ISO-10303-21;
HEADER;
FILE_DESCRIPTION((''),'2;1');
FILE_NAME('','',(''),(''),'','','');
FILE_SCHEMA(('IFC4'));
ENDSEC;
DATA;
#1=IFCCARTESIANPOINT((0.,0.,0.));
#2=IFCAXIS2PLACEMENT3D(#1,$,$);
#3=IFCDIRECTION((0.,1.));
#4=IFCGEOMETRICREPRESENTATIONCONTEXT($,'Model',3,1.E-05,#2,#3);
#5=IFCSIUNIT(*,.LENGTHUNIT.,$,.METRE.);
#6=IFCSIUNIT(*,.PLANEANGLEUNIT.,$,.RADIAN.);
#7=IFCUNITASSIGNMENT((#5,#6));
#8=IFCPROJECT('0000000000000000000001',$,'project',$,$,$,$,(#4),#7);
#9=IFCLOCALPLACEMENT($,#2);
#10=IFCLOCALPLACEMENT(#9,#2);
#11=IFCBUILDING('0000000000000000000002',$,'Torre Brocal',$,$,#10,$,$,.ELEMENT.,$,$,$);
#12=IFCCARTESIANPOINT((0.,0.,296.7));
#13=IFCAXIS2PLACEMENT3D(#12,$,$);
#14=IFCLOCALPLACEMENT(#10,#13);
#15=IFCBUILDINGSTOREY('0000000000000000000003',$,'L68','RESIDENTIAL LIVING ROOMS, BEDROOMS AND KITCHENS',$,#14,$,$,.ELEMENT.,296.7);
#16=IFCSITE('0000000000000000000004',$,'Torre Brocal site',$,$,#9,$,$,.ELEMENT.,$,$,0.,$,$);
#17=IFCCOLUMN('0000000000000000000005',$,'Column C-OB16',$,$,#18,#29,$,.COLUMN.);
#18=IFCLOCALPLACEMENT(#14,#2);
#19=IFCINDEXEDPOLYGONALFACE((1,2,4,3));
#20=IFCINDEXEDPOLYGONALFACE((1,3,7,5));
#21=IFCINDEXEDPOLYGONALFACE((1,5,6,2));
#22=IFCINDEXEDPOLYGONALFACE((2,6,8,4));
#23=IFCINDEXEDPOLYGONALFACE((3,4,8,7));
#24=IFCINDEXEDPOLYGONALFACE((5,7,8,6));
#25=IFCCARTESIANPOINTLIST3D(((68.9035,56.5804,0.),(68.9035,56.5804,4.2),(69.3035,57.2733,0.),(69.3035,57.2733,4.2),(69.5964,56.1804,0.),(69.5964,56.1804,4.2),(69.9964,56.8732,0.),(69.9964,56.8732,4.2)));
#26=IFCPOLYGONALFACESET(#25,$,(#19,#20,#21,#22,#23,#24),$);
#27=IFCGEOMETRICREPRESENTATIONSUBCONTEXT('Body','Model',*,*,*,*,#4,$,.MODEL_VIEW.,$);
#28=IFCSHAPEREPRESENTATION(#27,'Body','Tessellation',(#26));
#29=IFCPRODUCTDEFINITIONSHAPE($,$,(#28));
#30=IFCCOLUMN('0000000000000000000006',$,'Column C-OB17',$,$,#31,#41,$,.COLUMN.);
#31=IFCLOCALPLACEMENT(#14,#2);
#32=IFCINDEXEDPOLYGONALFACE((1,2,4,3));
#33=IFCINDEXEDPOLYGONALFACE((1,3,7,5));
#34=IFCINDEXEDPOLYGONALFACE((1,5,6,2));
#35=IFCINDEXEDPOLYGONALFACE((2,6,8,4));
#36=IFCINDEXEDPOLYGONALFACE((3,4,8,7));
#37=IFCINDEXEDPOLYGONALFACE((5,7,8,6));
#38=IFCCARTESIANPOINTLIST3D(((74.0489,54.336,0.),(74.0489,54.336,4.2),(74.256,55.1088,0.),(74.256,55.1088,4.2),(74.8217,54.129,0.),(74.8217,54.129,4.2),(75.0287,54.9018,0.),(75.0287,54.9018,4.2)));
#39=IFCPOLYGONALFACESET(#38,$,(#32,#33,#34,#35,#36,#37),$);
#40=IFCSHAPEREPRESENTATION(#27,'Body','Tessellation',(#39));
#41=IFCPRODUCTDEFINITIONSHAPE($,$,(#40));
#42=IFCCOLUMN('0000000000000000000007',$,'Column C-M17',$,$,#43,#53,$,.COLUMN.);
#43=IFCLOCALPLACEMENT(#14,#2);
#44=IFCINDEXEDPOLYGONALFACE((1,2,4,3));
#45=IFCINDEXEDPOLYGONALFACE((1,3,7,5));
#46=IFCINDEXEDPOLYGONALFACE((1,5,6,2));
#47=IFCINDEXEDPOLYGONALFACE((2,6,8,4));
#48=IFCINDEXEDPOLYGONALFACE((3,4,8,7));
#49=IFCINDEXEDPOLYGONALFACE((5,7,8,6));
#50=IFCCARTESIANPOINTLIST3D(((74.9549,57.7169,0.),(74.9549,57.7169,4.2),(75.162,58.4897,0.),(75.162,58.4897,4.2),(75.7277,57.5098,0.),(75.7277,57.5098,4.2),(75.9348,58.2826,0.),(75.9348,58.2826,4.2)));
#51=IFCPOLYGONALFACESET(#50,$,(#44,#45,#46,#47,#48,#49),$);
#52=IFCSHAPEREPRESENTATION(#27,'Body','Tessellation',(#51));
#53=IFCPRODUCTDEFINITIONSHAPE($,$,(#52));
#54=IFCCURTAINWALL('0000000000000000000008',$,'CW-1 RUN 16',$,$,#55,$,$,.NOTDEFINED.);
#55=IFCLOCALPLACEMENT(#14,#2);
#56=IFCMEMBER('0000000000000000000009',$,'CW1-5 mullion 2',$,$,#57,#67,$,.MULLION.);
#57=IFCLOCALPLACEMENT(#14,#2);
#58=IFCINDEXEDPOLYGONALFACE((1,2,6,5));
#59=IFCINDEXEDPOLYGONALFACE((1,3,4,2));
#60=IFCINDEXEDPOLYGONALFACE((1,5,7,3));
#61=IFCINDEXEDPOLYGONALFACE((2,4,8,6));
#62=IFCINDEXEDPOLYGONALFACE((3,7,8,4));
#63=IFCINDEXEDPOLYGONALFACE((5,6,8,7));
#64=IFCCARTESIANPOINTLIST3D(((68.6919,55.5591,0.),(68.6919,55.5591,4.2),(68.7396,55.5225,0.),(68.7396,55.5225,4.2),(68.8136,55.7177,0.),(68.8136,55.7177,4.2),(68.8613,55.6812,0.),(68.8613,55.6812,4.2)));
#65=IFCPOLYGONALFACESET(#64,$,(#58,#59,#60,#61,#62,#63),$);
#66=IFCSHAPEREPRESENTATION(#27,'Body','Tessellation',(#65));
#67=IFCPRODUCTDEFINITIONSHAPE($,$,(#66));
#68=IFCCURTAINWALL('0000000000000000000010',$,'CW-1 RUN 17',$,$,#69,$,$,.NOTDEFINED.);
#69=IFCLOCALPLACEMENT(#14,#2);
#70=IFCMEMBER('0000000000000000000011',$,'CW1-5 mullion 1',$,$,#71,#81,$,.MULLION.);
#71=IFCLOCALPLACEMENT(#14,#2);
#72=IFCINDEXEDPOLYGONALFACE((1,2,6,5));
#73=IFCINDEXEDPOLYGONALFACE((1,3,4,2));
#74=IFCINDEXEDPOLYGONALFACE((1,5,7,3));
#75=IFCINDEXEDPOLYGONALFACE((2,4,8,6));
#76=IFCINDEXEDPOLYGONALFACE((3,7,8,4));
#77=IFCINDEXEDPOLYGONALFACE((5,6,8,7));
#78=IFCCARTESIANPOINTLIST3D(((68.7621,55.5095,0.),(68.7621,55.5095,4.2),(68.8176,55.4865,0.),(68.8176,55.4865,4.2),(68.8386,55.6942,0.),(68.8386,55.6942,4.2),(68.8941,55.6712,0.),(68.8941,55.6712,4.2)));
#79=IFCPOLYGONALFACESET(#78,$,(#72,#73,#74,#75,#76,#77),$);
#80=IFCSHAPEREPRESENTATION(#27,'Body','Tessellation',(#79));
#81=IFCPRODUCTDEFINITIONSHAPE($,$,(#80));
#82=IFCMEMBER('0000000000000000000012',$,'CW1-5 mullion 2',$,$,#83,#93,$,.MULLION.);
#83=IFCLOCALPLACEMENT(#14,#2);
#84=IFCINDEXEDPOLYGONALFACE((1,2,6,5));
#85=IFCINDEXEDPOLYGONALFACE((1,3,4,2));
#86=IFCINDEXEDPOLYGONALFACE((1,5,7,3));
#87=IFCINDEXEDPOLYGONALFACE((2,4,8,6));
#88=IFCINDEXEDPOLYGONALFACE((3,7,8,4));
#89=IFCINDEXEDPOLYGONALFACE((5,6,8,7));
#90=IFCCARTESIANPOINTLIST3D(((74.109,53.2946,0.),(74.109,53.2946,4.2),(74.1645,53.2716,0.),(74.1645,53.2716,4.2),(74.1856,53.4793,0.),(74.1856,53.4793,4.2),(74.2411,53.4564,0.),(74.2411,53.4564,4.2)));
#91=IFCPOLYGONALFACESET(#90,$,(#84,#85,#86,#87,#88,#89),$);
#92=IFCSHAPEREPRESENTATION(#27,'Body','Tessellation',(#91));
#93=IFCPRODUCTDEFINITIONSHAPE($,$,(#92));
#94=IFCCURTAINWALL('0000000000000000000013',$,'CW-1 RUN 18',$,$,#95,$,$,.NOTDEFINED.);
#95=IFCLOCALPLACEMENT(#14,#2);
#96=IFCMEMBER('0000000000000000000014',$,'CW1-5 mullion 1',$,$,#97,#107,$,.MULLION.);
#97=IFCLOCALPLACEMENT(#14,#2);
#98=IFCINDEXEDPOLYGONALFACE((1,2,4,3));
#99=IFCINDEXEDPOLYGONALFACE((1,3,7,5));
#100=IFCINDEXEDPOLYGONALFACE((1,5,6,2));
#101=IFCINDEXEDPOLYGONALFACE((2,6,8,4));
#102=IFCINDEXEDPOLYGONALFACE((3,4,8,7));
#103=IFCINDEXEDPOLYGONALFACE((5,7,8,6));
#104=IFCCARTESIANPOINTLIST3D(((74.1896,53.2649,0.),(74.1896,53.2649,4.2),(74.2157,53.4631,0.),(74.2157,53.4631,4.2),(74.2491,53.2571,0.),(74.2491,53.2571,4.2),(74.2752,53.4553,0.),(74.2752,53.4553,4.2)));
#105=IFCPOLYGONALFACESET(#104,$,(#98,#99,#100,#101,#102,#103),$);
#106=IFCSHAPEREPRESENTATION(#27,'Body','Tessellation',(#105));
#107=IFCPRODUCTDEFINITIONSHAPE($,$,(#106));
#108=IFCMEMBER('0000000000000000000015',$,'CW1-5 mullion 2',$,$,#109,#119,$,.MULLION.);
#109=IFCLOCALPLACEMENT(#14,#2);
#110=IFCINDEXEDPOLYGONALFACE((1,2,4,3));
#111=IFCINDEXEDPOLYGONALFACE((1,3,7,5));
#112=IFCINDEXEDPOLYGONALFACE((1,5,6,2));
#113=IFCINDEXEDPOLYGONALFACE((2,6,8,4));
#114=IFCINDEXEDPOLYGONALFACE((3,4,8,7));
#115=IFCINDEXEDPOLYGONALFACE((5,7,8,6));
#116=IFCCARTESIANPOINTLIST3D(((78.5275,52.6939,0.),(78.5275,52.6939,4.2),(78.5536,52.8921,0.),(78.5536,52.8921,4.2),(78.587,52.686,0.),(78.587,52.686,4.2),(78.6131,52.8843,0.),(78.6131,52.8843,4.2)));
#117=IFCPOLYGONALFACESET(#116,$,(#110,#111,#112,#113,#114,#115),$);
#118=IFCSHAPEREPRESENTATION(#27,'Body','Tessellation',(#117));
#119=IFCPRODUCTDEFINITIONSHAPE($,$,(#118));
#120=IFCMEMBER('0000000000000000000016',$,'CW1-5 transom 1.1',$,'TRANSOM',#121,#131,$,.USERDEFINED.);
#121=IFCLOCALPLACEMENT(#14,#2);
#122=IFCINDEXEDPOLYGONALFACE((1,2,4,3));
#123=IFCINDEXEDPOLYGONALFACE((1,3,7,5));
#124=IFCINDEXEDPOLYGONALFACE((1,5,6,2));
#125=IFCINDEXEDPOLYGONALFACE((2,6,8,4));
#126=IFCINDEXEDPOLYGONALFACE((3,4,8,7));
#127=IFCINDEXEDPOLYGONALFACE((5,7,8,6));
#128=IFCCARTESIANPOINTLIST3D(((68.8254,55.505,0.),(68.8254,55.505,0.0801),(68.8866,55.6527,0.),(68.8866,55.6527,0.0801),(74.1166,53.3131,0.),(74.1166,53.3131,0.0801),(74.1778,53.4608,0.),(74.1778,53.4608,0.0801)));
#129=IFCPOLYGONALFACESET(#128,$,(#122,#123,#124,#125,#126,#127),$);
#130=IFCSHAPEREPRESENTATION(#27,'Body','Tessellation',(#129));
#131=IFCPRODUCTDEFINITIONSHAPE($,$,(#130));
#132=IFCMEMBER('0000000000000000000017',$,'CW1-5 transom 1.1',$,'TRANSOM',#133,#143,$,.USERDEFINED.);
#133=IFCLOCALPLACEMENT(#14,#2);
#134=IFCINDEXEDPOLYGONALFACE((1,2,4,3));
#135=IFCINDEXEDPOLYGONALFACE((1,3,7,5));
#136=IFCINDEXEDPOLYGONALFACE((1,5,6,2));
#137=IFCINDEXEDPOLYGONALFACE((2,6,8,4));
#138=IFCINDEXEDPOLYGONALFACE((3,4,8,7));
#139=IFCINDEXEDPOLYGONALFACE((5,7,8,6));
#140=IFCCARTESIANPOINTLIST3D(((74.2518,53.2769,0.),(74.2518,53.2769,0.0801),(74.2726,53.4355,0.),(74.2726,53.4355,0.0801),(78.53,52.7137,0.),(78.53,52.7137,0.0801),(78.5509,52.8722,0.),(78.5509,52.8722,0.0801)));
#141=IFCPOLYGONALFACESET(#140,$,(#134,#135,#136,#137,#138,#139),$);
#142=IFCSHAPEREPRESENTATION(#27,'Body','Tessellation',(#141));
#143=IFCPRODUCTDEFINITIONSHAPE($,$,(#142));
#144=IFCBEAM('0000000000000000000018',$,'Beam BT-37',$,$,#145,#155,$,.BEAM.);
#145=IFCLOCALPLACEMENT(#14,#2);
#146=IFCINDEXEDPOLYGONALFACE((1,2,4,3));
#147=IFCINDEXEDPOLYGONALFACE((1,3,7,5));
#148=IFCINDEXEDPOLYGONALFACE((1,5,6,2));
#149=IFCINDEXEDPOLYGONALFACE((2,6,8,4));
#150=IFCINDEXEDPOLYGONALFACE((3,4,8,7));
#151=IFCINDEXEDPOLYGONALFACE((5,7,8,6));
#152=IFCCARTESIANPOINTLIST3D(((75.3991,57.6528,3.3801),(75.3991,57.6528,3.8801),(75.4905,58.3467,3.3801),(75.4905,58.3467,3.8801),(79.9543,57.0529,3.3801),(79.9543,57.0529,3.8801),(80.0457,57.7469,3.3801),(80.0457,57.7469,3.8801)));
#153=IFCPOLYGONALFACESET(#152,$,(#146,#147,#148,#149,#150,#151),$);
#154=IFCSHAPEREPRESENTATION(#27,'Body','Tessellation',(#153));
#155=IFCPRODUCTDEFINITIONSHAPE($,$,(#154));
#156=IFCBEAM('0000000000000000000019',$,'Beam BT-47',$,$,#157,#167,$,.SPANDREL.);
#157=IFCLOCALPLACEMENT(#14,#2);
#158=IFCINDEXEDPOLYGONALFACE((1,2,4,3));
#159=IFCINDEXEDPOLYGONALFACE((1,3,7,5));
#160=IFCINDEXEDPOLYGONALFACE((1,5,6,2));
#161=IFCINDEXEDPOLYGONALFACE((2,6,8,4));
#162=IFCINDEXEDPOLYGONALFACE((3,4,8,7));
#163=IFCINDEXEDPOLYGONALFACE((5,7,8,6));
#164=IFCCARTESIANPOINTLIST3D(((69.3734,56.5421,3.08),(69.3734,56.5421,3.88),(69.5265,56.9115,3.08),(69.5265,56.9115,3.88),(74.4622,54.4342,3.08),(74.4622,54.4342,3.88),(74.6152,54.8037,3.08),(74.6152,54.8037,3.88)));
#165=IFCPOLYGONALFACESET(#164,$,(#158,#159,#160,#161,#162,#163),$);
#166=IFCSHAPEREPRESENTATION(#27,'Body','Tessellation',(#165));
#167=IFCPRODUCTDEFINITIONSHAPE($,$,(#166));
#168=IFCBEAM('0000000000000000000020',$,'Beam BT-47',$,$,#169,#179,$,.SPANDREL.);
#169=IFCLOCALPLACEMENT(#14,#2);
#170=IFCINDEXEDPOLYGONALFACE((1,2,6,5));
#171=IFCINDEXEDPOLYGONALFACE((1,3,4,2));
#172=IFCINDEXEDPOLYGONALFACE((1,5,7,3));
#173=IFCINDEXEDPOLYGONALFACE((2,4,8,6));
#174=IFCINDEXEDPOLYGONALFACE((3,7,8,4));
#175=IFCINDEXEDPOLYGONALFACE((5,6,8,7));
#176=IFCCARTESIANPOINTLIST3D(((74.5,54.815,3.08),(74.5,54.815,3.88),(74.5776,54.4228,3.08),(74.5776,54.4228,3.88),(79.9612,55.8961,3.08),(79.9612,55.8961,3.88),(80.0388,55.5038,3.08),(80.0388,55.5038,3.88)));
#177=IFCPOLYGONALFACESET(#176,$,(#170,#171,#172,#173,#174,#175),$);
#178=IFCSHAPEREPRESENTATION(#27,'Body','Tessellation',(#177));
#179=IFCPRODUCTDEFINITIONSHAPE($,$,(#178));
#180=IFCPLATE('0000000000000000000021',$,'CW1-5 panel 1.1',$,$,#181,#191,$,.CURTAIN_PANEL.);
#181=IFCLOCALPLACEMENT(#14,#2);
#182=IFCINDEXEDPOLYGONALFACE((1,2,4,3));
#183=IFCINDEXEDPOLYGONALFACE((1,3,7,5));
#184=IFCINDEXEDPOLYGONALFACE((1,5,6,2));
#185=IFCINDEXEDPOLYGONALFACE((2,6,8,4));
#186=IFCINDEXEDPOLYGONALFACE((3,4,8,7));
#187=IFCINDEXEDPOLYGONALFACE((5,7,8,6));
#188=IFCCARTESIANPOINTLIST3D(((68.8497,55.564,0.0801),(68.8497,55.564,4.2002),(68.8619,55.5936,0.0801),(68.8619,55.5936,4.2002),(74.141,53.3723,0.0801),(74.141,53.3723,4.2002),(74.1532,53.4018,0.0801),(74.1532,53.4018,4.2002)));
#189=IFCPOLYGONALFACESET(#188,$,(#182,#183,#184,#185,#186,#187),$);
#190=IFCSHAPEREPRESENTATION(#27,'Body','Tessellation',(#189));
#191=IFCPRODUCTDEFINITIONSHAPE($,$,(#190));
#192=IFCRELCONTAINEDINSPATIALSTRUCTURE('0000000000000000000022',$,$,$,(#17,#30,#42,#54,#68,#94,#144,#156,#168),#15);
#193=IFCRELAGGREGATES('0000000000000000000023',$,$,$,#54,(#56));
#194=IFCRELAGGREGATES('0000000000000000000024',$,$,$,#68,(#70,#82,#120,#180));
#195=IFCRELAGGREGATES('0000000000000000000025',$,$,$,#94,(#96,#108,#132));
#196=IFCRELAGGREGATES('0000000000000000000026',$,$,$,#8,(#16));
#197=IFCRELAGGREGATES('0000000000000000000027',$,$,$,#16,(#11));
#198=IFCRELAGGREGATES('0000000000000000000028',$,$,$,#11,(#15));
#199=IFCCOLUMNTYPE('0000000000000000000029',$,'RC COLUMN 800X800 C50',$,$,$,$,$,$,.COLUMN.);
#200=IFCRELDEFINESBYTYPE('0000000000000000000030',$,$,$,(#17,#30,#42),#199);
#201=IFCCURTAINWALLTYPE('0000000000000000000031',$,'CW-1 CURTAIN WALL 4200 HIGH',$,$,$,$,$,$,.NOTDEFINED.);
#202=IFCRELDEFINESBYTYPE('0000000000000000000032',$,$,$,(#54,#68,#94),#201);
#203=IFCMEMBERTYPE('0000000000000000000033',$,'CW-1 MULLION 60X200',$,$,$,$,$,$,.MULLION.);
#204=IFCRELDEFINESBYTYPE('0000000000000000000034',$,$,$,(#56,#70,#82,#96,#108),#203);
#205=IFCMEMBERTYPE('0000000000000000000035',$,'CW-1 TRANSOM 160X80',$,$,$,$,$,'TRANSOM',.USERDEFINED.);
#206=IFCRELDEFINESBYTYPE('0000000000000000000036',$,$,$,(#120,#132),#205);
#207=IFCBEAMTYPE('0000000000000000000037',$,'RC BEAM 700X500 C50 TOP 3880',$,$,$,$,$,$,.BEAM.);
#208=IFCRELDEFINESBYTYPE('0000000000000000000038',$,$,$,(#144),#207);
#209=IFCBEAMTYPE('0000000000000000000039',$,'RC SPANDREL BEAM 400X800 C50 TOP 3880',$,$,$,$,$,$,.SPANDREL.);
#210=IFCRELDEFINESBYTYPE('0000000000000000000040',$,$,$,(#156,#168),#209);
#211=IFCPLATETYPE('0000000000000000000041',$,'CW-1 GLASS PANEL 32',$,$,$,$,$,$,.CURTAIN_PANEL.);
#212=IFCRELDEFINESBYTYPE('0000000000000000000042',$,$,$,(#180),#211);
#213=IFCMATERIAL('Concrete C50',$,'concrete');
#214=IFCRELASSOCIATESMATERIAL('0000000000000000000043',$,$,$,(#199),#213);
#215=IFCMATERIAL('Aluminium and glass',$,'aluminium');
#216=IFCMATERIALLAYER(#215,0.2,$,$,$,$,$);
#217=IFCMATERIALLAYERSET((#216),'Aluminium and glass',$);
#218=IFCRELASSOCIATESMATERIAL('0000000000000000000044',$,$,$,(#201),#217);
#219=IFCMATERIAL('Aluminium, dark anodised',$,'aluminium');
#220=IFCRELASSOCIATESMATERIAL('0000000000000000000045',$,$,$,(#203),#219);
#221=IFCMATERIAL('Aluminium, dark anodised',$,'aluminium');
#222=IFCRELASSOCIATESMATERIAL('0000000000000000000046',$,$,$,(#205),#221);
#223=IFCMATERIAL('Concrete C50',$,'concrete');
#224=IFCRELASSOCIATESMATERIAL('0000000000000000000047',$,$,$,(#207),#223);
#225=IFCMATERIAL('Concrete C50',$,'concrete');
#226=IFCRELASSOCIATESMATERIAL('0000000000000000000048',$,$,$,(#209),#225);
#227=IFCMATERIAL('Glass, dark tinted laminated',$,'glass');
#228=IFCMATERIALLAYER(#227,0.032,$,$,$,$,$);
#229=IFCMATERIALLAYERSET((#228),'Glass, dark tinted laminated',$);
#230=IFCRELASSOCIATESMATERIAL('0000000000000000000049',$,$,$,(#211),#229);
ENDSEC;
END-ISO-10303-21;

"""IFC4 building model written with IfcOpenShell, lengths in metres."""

from ifc_helpers import new_model, si_unit, direction, frame, origin, origin_2d, place, context, subcontext, project, spatial, rectangle, extrude, material, layer, layer_set, material_profile, profile_set, type_object, element, aggregate, save


model = new_model("IFC4")

# Units and contexts
model_context = context("Model", 3, precision=1e-05, world=origin(), true_north=direction((0.0, 1.0)))
body_context = subcontext(model_context, "Body", "Model", "MODEL_VIEW")
ifc_project = project(units=[si_unit("LENGTHUNIT", "METRE"), si_unit("PLANEANGLEUNIT", "RADIAN")], contexts=[model_context])

# Site, building, storey
site_placement = place(None, origin())
site = spatial("IfcSite", under=ifc_project, at=site_placement, Name="Torre Brocal site", CompositionType="ELEMENT", RefElevation=0.0)
building_placement = place(site_placement, origin())
building = spatial("IfcBuilding", under=site, at=building_placement, Name="Torre Brocal", CompositionType="ELEMENT")
storey_placement = place(building_placement, frame((0.0, 0.0, 296.7)))
storey = spatial("IfcBuildingStorey", under=building, at=storey_placement, Name="L68", Description="RESIDENTIAL LIVING ROOMS, BEDROOMS AND KITCHENS", CompositionType="ELEMENT", Elevation=296.7)

# Columns
ifc_material_1 = material(Name="Concrete C50", Category="concrete")
ifc_material_profile_1 = material_profile(ifc_material_1, rectangle(XDim=0.8, YDim=0.8, at=origin_2d()), Name="RC 800X800")
ifc_profile_set_1 = profile_set([ifc_material_profile_1], Name="Concrete C50")
column_type = type_object("IfcColumnType", Name="RC COLUMN 800X800 C50", PredefinedType="COLUMN", material=ifc_profile_set_1)
for number, where, z_axis, x_axis, name in (
    (1, (69.45, 56.7268, 0.0), (0.0, 0.0, 1.0), (-0.5, -0.866025, 0.0), "Column C-OB16"),
    (2, (74.5388, 54.6189, 0.0), (0.0, 0.0, 1.0), (-0.258819, -0.965926, 0.0), "Column C-OB17"),
    (3, (75.4448, 57.9998, 0.0), (0.0, 0.0, 1.0), (-0.258819, -0.965926, 0.0), "Column C-M17"),
):
    element("IfcColumn", number, at=place(storey_placement, frame(where, z_axis=z_axis, x_axis=x_axis)), inside=storey, type_object=column_type, Name=name, PredefinedType="COLUMN", context=body_context, shape_type="SweptSolid", body=[
        extrude(rectangle(XDim=0.8, YDim=0.8, at=origin_2d()), origin(), (0.0, 0.0, 1.0), 4.2),
    ])

# Curtain wall, member
ifc_material_2 = material(Name="Aluminium and glass", Category="aluminium")
ifc_layer_1 = layer(ifc_material_2, 0.2)
ifc_layer_set_1 = layer_set([ifc_layer_1], Name="Aluminium and glass")
curtain_wall_type = type_object("IfcCurtainWallType", Name="CW-1 CURTAIN WALL 4200 HIGH", PredefinedType="NOTDEFINED", material=ifc_layer_set_1)
curtain_wall_1_placement = place(storey_placement, origin())
curtain_wall_1 = element("IfcCurtainWall", 4, at=curtain_wall_1_placement, inside=storey, type_object=curtain_wall_type, Name="CW-1 RUN 16", PredefinedType="NOTDEFINED")
ifc_material_3 = material(Name="Aluminium, dark anodised", Category="aluminium")
ifc_material_profile_2 = material_profile(ifc_material_3, rectangle(XDim=0.2, YDim=0.0601, at=origin_2d()), Name="CW-1 MULLION 60X200")
ifc_profile_set_2 = profile_set([ifc_material_profile_2], Name="Aluminium, dark anodised")
member_type_1 = type_object("IfcMemberType", Name="CW-1 MULLION 60X200", PredefinedType="MULLION", material=ifc_profile_set_2)
member_1_placement = place(storey_placement, frame((68.7766, 55.6201, 0.0), z_axis=(0.0, 0.0, 1.0), x_axis=(0.608761, 0.793353, 0.0)))
member_1 = element("IfcMember", 5, at=member_1_placement, type_object=member_type_1, Name="CW1-5 mullion 2", PredefinedType="MULLION", context=body_context, shape_type="SweptSolid", body=[
    extrude(rectangle(XDim=0.2, YDim=0.0601, at=origin_2d()), origin(), (0.0, 0.0, 1.0), 4.2),
])
aggregate(curtain_wall_1, [member_1])

# Curtain walls, members
curtain_wall_2_placement = place(storey_placement, origin())
curtain_wall_2 = element("IfcCurtainWall", 6, at=curtain_wall_2_placement, inside=storey, type_object=curtain_wall_type, Name="CW-1 RUN 17", PredefinedType="NOTDEFINED")
member_2_placement = place(storey_placement, frame((68.8281, 55.5903, 0.0), z_axis=(0.0, 0.0, 1.0), x_axis=(0.382683, 0.92388, 0.0)))
member_2 = element("IfcMember", 7, at=member_2_placement, type_object=member_type_1, Name="CW1-5 mullion 1", PredefinedType="MULLION", context=body_context, shape_type="SweptSolid", body=[
    extrude(rectangle(XDim=0.2, YDim=0.0601, at=origin_2d()), origin(), (0.0, 0.0, 1.0), 4.2),
])
member_3_placement = place(storey_placement, frame((74.175, 53.3755, 0.0), z_axis=(0.0, 0.0, 1.0), x_axis=(0.382683, 0.92388, 0.0)))
member_3 = element("IfcMember", 8, at=member_3_placement, type_object=member_type_1, Name="CW1-5 mullion 2", PredefinedType="MULLION", context=body_context, shape_type="SweptSolid", body=[
    extrude(rectangle(XDim=0.2, YDim=0.0601, at=origin_2d()), origin(), (0.0, 0.0, 1.0), 4.2),
])
curtain_wall_3_placement = place(storey_placement, origin())
curtain_wall_3 = element("IfcCurtainWall", 9, at=curtain_wall_3_placement, inside=storey, type_object=curtain_wall_type, Name="CW-1 RUN 18", PredefinedType="NOTDEFINED")
member_4_placement = place(storey_placement, frame((74.2324, 53.3601, 0.0), z_axis=(0.0, 0.0, 1.0), x_axis=(0.130526, 0.991445, 0.0)))
member_4 = element("IfcMember", 10, at=member_4_placement, type_object=member_type_1, Name="CW1-5 mullion 1", PredefinedType="MULLION", context=body_context, shape_type="SweptSolid", body=[
    extrude(rectangle(XDim=0.2, YDim=0.0601, at=origin_2d()), origin(), (0.0, 0.0, 1.0), 4.2),
])
member_5_placement = place(storey_placement, frame((78.5703, 52.7891, 0.0), z_axis=(0.0, 0.0, 1.0), x_axis=(0.130526, 0.991445, 0.0)))
member_5 = element("IfcMember", 11, at=member_5_placement, type_object=member_type_1, Name="CW1-5 mullion 2", PredefinedType="MULLION", context=body_context, shape_type="SweptSolid", body=[
    extrude(rectangle(XDim=0.2, YDim=0.0601, at=origin_2d()), origin(), (0.0, 0.0, 1.0), 4.2),
])

# Members
ifc_material_4 = material(Name="Aluminium, dark anodised", Category="aluminium")
ifc_material_profile_3 = material_profile(ifc_material_4, rectangle(XDim=0.1599, YDim=0.0801, at=origin_2d()), Name="CW-1 TRANSOM 160X80")
ifc_profile_set_3 = profile_set([ifc_material_profile_3], Name="Aluminium, dark anodised")
member_type_2 = type_object("IfcMemberType", Name="CW-1 TRANSOM 160X80", ElementType="TRANSOM", PredefinedType="USERDEFINED", material=ifc_profile_set_3)
member_6_placement = place(storey_placement, frame((68.856, 55.5789, 0.04), z_axis=(0.923868, -0.382711, 0.0), x_axis=(0.382711, 0.923868, 0.0)))
member_6 = element("IfcMember", 12, at=member_6_placement, type_object=member_type_2, Name="CW1-5 transom 1.1", ObjectType="TRANSOM", PredefinedType="USERDEFINED", context=body_context, shape_type="SweptSolid", body=[
    extrude(rectangle(XDim=0.1599, YDim=0.0801, at=origin_2d()), origin(), (0.0, 0.0, 1.0), 5.7273),
])
member_7_placement = place(storey_placement, frame((74.2622, 53.3562, 0.04), z_axis=(0.991445, -0.130522, 0.0), x_axis=(0.130522, 0.991445, 0.0)))
member_7 = element("IfcMember", 13, at=member_7_placement, type_object=member_type_2, Name="CW1-5 transom 1.1", ObjectType="TRANSOM", PredefinedType="USERDEFINED", context=body_context, shape_type="SweptSolid", body=[
    extrude(rectangle(XDim=0.1599, YDim=0.0801, at=origin_2d()), origin(), (0.0, 0.0, 1.0), 4.3152),
])

# Beams
ifc_material_5 = material(Name="Concrete C50", Category="concrete")
ifc_material_profile_4 = material_profile(ifc_material_5, rectangle(XDim=0.7, YDim=0.5, at=origin_2d()), Name="RC 700X500")
ifc_profile_set_4 = profile_set([ifc_material_profile_4], Name="Concrete C50")
beam_type_1 = type_object("IfcBeamType", Name="RC BEAM 700X500 C50 TOP 3880", PredefinedType="BEAM", material=ifc_profile_set_4)
beam_1_placement = place(storey_placement, frame((75.4448, 57.9998, 3.6301), z_axis=(0.991441, -0.130559, 0.0), x_axis=(0.130559, 0.991441, 0.0)))
element("IfcBeam", 14, at=beam_1_placement, inside=storey, type_object=beam_type_1, Name="Beam BT-37", PredefinedType="BEAM", context=body_context, shape_type="SweptSolid", body=[
    extrude(rectangle(XDim=0.7, YDim=0.5, at=origin_2d()), origin(), (0.0, 0.0, 1.0), 4.5945),
])
ifc_material_6 = material(Name="Concrete C50", Category="concrete")
ifc_material_profile_5 = material_profile(ifc_material_6, rectangle(XDim=0.3999, YDim=0.8, at=origin_2d()), Name="RC 400X800")
ifc_profile_set_5 = profile_set([ifc_material_profile_5], Name="Concrete C50")
beam_type_2 = type_object("IfcBeamType", Name="RC SPANDREL BEAM 400X800 C50 TOP 3880", PredefinedType="SPANDREL", material=ifc_profile_set_5)
beam_2_placement = place(storey_placement, frame((69.45, 56.7268, 3.48), z_axis=(0.923877, -0.382688, 0.0), x_axis=(0.382688, 0.923877, 0.0)))
element("IfcBeam", 15, at=beam_2_placement, inside=storey, type_object=beam_type_2, Name="Beam BT-47", PredefinedType="SPANDREL", context=body_context, shape_type="SweptSolid", body=[
    extrude(rectangle(XDim=0.3999, YDim=0.8, at=origin_2d()), origin(), (0.0, 0.0, 1.0), 5.5081),
])
beam_3_placement = place(storey_placement, frame((74.5388, 54.6189, 3.48), z_axis=(0.980965, 0.194185, 0.0), x_axis=(-0.194185, 0.980965, 0.0)))
element("IfcBeam", 16, at=beam_3_placement, inside=storey, type_object=beam_type_2, Name="Beam BT-47", PredefinedType="SPANDREL", context=body_context, shape_type="SweptSolid", body=[
    extrude(rectangle(XDim=0.3999, YDim=0.8, at=origin_2d()), origin(), (0.0, 0.0, 1.0), 5.5671),
])

# Plate
ifc_material_7 = material(Name="Glass, dark tinted laminated", Category="glass")
ifc_layer_2 = layer(ifc_material_7, 0.032)
ifc_layer_set_2 = layer_set([ifc_layer_2], Name="Glass, dark tinted laminated")
plate_type = type_object("IfcPlateType", Name="CW-1 GLASS PANEL 32", PredefinedType="CURTAIN_PANEL", material=ifc_layer_set_2)
plate_1_placement = place(storey_placement, frame((71.5015, 54.4829, 0.0801), z_axis=(0.0, 0.0, 1.0), x_axis=(0.92388, -0.382683, 0.0)))
plate_1 = element("IfcPlate", 17, at=plate_1_placement, type_object=plate_type, Name="CW1-5 panel 1.1", PredefinedType="CURTAIN_PANEL", context=body_context, shape_type="SweptSolid", body=[
    extrude(rectangle(XDim=5.7273, YDim=0.032, at=origin_2d()), origin(), (0.0, 0.0, 1.0), 4.1201),
])
aggregate(curtain_wall_2, [member_2, member_3, member_6, plate_1])
aggregate(curtain_wall_3, [member_4, member_5, member_7])

save(model, "model.ifc")
